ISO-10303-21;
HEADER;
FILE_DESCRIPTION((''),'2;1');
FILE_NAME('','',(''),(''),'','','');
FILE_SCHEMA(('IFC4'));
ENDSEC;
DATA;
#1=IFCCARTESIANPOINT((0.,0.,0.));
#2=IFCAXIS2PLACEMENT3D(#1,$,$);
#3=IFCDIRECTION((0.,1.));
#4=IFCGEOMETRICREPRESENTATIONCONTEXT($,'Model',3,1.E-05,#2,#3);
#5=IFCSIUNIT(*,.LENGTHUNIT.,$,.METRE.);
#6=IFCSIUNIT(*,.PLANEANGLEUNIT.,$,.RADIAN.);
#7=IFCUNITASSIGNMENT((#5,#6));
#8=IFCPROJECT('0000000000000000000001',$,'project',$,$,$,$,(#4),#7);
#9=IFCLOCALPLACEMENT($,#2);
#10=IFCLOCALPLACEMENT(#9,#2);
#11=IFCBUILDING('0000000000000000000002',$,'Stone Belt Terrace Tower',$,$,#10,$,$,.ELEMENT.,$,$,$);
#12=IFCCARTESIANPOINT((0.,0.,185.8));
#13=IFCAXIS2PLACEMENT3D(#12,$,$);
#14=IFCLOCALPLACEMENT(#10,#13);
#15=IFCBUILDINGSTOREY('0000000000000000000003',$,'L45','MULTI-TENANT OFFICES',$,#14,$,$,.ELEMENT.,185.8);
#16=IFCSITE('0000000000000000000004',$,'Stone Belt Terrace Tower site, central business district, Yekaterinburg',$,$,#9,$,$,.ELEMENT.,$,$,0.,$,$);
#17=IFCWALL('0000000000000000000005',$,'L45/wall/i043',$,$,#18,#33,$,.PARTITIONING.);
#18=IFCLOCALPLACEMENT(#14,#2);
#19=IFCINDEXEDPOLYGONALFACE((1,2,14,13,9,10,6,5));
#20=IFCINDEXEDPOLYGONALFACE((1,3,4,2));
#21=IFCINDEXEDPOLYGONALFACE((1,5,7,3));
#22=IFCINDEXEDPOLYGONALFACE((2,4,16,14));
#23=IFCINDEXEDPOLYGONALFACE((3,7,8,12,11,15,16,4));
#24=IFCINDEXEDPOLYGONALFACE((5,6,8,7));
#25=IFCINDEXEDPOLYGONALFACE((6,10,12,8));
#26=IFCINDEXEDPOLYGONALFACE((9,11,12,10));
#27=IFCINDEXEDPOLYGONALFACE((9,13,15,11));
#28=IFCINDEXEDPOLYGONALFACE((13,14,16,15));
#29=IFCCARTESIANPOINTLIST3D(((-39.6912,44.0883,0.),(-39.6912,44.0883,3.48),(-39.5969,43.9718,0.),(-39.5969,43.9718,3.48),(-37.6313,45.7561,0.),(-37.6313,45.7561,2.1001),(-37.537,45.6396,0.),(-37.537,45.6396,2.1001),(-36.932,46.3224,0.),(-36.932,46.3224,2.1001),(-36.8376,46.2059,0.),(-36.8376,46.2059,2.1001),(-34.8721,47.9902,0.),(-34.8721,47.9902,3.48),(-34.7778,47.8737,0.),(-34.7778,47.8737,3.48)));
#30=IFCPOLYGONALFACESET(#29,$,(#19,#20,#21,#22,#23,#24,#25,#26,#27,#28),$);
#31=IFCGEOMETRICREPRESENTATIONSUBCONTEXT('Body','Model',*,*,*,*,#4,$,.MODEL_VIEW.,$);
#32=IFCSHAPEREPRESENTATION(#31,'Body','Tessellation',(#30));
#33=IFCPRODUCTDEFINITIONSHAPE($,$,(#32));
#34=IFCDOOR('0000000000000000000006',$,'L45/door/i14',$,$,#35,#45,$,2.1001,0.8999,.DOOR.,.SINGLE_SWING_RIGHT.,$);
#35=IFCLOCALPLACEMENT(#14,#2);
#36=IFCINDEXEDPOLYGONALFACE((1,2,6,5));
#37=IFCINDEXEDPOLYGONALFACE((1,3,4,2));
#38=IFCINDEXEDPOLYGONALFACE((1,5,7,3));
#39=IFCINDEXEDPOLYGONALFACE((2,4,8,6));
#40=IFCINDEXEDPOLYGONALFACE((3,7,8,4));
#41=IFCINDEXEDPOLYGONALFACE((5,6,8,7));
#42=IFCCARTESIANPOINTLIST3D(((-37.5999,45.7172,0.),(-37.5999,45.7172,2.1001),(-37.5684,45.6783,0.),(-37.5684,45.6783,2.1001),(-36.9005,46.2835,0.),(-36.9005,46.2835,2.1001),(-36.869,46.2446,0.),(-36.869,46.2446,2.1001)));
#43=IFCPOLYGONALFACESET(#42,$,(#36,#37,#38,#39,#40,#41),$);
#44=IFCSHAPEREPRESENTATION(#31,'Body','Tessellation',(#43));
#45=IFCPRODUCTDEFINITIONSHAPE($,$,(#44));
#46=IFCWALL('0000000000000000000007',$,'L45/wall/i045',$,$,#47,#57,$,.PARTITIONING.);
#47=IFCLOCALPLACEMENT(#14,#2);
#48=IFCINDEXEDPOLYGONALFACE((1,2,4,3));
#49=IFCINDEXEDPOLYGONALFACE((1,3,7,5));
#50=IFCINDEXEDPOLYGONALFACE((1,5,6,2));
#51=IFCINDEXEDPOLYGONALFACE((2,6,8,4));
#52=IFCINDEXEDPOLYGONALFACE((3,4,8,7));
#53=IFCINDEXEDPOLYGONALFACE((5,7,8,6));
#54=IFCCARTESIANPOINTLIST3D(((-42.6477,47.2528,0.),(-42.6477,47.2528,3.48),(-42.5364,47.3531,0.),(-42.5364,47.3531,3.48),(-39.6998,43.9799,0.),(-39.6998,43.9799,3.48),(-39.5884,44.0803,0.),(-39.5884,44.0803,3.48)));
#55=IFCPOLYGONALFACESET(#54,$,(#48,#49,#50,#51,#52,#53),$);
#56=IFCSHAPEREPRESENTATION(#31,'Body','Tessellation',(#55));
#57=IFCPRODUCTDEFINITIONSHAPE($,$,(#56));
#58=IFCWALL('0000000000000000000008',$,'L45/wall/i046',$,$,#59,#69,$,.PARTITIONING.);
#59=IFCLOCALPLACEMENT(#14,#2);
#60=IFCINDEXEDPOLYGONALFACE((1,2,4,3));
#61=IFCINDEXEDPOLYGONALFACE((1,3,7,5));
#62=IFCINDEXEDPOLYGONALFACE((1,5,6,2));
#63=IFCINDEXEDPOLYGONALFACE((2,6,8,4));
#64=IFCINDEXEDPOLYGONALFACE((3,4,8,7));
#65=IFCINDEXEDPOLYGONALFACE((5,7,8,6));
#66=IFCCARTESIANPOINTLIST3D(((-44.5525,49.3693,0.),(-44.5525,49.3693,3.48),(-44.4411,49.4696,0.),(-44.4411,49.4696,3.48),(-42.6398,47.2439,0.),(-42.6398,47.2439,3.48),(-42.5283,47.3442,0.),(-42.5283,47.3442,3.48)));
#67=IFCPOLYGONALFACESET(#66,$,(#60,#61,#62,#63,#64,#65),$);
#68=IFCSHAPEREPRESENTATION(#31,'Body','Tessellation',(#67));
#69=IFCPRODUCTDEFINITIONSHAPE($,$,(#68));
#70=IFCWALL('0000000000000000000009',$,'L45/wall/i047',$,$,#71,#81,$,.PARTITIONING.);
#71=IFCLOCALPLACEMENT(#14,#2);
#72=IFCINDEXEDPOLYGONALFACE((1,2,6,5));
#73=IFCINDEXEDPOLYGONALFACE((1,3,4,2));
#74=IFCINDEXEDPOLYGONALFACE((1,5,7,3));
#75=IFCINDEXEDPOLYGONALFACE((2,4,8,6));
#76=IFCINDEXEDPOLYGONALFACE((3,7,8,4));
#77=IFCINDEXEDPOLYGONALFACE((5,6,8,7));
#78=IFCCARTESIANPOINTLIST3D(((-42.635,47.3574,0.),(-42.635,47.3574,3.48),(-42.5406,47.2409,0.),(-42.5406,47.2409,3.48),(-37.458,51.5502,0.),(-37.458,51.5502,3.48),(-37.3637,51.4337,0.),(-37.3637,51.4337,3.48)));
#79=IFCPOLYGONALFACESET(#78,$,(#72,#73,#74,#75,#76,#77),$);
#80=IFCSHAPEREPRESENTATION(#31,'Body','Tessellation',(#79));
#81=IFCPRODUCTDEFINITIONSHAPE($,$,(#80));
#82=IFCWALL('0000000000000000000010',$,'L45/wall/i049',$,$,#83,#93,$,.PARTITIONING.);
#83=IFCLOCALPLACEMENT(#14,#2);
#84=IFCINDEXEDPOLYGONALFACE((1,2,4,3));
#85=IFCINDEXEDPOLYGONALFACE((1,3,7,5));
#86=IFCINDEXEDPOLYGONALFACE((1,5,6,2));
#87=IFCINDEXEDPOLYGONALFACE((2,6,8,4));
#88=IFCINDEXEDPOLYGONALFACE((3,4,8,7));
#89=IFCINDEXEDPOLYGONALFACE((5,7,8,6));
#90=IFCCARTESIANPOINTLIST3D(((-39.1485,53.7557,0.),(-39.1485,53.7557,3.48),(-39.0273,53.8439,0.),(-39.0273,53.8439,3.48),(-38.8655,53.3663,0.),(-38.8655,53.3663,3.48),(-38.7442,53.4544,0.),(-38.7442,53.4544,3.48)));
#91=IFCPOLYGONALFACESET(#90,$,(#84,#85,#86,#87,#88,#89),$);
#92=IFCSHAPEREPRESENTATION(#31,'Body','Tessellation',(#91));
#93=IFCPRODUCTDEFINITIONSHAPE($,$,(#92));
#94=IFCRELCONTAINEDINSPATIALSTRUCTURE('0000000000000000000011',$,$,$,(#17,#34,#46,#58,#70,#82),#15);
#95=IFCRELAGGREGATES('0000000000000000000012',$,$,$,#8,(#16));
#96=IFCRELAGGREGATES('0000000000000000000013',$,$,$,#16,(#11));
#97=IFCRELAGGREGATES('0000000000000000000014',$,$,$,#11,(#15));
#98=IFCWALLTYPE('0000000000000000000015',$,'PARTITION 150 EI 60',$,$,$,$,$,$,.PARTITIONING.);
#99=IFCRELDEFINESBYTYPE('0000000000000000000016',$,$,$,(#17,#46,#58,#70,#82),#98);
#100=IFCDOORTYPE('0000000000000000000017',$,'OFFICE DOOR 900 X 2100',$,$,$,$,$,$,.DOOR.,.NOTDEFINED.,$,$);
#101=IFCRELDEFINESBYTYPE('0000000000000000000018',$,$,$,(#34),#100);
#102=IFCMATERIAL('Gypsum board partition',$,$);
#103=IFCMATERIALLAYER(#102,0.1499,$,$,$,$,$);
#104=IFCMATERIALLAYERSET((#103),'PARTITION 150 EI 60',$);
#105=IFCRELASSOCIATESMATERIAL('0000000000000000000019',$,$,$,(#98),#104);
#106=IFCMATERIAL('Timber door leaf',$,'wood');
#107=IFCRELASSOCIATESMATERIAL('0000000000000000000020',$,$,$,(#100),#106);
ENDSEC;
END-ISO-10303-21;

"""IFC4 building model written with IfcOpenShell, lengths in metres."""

from ifc_helpers import new_model, si_unit, direction, frame, frame_2d, origin, place, context, subcontext, project, spatial, rectangle, extrude, material, layer, layer_set, type_object, element, fill, save


model = new_model("IFC4")

# Units and contexts
model_context = context("Model", 3, precision=1e-05, world=origin(), true_north=direction((0.0, 1.0)))
body_context = subcontext(model_context, "Body", "Model", "MODEL_VIEW")
ifc_project = project(units=[si_unit("LENGTHUNIT", "METRE"), si_unit("PLANEANGLEUNIT", "RADIAN")], contexts=[model_context])

# Site, building, storey
site_placement = place(None, origin())
site = spatial("IfcSite", under=ifc_project, at=site_placement, Name="Stone Belt Terrace Tower site, central business district, Yekaterinburg", CompositionType="ELEMENT", RefElevation=0.0)
building_placement = place(site_placement, origin())
building = spatial("IfcBuilding", under=site, at=building_placement, Name="Stone Belt Terrace Tower", CompositionType="ELEMENT")
storey_placement = place(building_placement, frame((0.0, 0.0, 185.8)))
storey = spatial("IfcBuildingStorey", under=building, at=storey_placement, Name="L45", Description="MULTI-TENANT OFFICES", CompositionType="ELEMENT", Elevation=185.8)

# Shared definitions
ifc_material_1 = material(Name="Gypsum board partition")
ifc_layer_1 = layer(ifc_material_1, 0.1499)
ifc_layer_set_1 = layer_set([ifc_layer_1], Name="PARTITION 150 EI 60")
wall_type = type_object("IfcWallType", Name="PARTITION 150 EI 60", PredefinedType="PARTITIONING", material=ifc_layer_set_1)

# Wall, opening, door
wall_1_placement = place(storey_placement, frame((-39.644, 44.03, 0.0), z_axis=(0.0, 0.0, 1.0), x_axis=(0.777191, 0.629265, 0.0)))
wall_1 = element("IfcWall", 1, at=wall_1_placement, inside=storey, type_object=wall_type, Name="L45/wall/i043", PredefinedType="PARTITIONING", context=body_context, shape_type="SweptSolid", body=[
    extrude(rectangle(XDim=6.2007, YDim=0.1499, at=frame_2d((3.1003, 0.0))), origin(), (0.0, 0.0, 1.0), 3.48),
])
opening_placement = place(wall_1_placement, frame((2.6504, 0.0, 0.0)))
opening = element("IfcOpeningElement", 2, at=opening_placement, cuts=wall_1, PredefinedType="OPENING", context=body_context, shape_type="SweptSolid", body=[
    extrude(rectangle(XDim=0.8999, YDim=2.1001, at=frame_2d((0.45, 1.05))), frame((0.0, 0.085, 0.0), z_axis=(0.0, -1.0, 0.0), x_axis=(1.0, 0.0, 0.0)), (0.0, 0.0, 1.0), 0.1699),
])
ifc_material_2 = material(Name="Timber door leaf", Category="wood")
door_type = type_object("IfcDoorType", Name="OFFICE DOOR 900 X 2100", OperationType="NOTDEFINED", PredefinedType="DOOR", material=ifc_material_2)
door_placement = place(opening_placement, origin())
door = element("IfcDoor", 3, at=door_placement, inside=storey, type_object=door_type, Name="L45/door/i14", OperationType="SINGLE_SWING_RIGHT", OverallHeight=2.1001, OverallWidth=0.8999, PredefinedType="DOOR", context=body_context, shape_type="SweptSolid", body=[
    extrude(rectangle(XDim=0.8999, YDim=2.1001, at=frame_2d((0.45, 1.05))), frame((0.0, 0.0249, 0.0), z_axis=(0.0, -1.0, 0.0), x_axis=(1.0, 0.0, 0.0)), (0.0, 0.0, 1.0), 0.05),
])
fill(opening, door)

# Walls
wall_2_placement = place(storey_placement, frame((-42.592, 47.303, 0.0), z_axis=(0.0, 0.0, 1.0), x_axis=(0.669259, -0.74303, 0.0)))
element("IfcWall", 4, at=wall_2_placement, inside=storey, type_object=wall_type, Name="L45/wall/i045", PredefinedType="PARTITIONING", context=body_context, shape_type="SweptSolid", body=[
    extrude(rectangle(XDim=4.4048, YDim=0.1499, at=frame_2d((2.2024, 0.0))), origin(), (0.0, 0.0, 1.0), 3.48),
])
wall_3_placement = place(storey_placement, frame((-44.4968, 49.4194, 0.0), z_axis=(0.0, 0.0, 1.0), x_axis=(0.668946, -0.743311, 0.0)))
element("IfcWall", 5, at=wall_3_placement, inside=storey, type_object=wall_type, Name="L45/wall/i046", PredefinedType="PARTITIONING", context=body_context, shape_type="SweptSolid", body=[
    extrude(rectangle(XDim=2.8594, YDim=0.1499, at=frame_2d((1.4297, 0.0))), origin(), (0.0, 0.0, 1.0), 3.48),
])
wall_4_placement = place(storey_placement, frame((-42.5879, 47.2991, 0.0), z_axis=(0.0, 0.0, 1.0), x_axis=(0.777101, 0.629376, 0.0)))
element("IfcWall", 6, at=wall_4_placement, inside=storey, type_object=wall_type, Name="L45/wall/i047", PredefinedType="PARTITIONING", context=body_context, shape_type="SweptSolid", body=[
    extrude(rectangle(XDim=6.6619, YDim=0.1499, at=frame_2d((3.3311, 0.0))), origin(), (0.0, 0.0, 1.0), 3.48),
])
wall_5_placement = place(storey_placement, frame((-39.0879, 53.7998, 0.0), z_axis=(0.0, 0.0, 1.0), x_axis=(0.58784, -0.808977, 0.0)))
element("IfcWall", 7, at=wall_5_placement, inside=storey, type_object=wall_type, Name="L45/wall/i049", PredefinedType="PARTITIONING", context=body_context, shape_type="SweptSolid", body=[
    extrude(rectangle(XDim=0.4814, YDim=0.1499, at=frame_2d((0.2407, 0.0))), origin(), (0.0, 0.0, 1.0), 3.48),
])

save(model, "model.ifc")
